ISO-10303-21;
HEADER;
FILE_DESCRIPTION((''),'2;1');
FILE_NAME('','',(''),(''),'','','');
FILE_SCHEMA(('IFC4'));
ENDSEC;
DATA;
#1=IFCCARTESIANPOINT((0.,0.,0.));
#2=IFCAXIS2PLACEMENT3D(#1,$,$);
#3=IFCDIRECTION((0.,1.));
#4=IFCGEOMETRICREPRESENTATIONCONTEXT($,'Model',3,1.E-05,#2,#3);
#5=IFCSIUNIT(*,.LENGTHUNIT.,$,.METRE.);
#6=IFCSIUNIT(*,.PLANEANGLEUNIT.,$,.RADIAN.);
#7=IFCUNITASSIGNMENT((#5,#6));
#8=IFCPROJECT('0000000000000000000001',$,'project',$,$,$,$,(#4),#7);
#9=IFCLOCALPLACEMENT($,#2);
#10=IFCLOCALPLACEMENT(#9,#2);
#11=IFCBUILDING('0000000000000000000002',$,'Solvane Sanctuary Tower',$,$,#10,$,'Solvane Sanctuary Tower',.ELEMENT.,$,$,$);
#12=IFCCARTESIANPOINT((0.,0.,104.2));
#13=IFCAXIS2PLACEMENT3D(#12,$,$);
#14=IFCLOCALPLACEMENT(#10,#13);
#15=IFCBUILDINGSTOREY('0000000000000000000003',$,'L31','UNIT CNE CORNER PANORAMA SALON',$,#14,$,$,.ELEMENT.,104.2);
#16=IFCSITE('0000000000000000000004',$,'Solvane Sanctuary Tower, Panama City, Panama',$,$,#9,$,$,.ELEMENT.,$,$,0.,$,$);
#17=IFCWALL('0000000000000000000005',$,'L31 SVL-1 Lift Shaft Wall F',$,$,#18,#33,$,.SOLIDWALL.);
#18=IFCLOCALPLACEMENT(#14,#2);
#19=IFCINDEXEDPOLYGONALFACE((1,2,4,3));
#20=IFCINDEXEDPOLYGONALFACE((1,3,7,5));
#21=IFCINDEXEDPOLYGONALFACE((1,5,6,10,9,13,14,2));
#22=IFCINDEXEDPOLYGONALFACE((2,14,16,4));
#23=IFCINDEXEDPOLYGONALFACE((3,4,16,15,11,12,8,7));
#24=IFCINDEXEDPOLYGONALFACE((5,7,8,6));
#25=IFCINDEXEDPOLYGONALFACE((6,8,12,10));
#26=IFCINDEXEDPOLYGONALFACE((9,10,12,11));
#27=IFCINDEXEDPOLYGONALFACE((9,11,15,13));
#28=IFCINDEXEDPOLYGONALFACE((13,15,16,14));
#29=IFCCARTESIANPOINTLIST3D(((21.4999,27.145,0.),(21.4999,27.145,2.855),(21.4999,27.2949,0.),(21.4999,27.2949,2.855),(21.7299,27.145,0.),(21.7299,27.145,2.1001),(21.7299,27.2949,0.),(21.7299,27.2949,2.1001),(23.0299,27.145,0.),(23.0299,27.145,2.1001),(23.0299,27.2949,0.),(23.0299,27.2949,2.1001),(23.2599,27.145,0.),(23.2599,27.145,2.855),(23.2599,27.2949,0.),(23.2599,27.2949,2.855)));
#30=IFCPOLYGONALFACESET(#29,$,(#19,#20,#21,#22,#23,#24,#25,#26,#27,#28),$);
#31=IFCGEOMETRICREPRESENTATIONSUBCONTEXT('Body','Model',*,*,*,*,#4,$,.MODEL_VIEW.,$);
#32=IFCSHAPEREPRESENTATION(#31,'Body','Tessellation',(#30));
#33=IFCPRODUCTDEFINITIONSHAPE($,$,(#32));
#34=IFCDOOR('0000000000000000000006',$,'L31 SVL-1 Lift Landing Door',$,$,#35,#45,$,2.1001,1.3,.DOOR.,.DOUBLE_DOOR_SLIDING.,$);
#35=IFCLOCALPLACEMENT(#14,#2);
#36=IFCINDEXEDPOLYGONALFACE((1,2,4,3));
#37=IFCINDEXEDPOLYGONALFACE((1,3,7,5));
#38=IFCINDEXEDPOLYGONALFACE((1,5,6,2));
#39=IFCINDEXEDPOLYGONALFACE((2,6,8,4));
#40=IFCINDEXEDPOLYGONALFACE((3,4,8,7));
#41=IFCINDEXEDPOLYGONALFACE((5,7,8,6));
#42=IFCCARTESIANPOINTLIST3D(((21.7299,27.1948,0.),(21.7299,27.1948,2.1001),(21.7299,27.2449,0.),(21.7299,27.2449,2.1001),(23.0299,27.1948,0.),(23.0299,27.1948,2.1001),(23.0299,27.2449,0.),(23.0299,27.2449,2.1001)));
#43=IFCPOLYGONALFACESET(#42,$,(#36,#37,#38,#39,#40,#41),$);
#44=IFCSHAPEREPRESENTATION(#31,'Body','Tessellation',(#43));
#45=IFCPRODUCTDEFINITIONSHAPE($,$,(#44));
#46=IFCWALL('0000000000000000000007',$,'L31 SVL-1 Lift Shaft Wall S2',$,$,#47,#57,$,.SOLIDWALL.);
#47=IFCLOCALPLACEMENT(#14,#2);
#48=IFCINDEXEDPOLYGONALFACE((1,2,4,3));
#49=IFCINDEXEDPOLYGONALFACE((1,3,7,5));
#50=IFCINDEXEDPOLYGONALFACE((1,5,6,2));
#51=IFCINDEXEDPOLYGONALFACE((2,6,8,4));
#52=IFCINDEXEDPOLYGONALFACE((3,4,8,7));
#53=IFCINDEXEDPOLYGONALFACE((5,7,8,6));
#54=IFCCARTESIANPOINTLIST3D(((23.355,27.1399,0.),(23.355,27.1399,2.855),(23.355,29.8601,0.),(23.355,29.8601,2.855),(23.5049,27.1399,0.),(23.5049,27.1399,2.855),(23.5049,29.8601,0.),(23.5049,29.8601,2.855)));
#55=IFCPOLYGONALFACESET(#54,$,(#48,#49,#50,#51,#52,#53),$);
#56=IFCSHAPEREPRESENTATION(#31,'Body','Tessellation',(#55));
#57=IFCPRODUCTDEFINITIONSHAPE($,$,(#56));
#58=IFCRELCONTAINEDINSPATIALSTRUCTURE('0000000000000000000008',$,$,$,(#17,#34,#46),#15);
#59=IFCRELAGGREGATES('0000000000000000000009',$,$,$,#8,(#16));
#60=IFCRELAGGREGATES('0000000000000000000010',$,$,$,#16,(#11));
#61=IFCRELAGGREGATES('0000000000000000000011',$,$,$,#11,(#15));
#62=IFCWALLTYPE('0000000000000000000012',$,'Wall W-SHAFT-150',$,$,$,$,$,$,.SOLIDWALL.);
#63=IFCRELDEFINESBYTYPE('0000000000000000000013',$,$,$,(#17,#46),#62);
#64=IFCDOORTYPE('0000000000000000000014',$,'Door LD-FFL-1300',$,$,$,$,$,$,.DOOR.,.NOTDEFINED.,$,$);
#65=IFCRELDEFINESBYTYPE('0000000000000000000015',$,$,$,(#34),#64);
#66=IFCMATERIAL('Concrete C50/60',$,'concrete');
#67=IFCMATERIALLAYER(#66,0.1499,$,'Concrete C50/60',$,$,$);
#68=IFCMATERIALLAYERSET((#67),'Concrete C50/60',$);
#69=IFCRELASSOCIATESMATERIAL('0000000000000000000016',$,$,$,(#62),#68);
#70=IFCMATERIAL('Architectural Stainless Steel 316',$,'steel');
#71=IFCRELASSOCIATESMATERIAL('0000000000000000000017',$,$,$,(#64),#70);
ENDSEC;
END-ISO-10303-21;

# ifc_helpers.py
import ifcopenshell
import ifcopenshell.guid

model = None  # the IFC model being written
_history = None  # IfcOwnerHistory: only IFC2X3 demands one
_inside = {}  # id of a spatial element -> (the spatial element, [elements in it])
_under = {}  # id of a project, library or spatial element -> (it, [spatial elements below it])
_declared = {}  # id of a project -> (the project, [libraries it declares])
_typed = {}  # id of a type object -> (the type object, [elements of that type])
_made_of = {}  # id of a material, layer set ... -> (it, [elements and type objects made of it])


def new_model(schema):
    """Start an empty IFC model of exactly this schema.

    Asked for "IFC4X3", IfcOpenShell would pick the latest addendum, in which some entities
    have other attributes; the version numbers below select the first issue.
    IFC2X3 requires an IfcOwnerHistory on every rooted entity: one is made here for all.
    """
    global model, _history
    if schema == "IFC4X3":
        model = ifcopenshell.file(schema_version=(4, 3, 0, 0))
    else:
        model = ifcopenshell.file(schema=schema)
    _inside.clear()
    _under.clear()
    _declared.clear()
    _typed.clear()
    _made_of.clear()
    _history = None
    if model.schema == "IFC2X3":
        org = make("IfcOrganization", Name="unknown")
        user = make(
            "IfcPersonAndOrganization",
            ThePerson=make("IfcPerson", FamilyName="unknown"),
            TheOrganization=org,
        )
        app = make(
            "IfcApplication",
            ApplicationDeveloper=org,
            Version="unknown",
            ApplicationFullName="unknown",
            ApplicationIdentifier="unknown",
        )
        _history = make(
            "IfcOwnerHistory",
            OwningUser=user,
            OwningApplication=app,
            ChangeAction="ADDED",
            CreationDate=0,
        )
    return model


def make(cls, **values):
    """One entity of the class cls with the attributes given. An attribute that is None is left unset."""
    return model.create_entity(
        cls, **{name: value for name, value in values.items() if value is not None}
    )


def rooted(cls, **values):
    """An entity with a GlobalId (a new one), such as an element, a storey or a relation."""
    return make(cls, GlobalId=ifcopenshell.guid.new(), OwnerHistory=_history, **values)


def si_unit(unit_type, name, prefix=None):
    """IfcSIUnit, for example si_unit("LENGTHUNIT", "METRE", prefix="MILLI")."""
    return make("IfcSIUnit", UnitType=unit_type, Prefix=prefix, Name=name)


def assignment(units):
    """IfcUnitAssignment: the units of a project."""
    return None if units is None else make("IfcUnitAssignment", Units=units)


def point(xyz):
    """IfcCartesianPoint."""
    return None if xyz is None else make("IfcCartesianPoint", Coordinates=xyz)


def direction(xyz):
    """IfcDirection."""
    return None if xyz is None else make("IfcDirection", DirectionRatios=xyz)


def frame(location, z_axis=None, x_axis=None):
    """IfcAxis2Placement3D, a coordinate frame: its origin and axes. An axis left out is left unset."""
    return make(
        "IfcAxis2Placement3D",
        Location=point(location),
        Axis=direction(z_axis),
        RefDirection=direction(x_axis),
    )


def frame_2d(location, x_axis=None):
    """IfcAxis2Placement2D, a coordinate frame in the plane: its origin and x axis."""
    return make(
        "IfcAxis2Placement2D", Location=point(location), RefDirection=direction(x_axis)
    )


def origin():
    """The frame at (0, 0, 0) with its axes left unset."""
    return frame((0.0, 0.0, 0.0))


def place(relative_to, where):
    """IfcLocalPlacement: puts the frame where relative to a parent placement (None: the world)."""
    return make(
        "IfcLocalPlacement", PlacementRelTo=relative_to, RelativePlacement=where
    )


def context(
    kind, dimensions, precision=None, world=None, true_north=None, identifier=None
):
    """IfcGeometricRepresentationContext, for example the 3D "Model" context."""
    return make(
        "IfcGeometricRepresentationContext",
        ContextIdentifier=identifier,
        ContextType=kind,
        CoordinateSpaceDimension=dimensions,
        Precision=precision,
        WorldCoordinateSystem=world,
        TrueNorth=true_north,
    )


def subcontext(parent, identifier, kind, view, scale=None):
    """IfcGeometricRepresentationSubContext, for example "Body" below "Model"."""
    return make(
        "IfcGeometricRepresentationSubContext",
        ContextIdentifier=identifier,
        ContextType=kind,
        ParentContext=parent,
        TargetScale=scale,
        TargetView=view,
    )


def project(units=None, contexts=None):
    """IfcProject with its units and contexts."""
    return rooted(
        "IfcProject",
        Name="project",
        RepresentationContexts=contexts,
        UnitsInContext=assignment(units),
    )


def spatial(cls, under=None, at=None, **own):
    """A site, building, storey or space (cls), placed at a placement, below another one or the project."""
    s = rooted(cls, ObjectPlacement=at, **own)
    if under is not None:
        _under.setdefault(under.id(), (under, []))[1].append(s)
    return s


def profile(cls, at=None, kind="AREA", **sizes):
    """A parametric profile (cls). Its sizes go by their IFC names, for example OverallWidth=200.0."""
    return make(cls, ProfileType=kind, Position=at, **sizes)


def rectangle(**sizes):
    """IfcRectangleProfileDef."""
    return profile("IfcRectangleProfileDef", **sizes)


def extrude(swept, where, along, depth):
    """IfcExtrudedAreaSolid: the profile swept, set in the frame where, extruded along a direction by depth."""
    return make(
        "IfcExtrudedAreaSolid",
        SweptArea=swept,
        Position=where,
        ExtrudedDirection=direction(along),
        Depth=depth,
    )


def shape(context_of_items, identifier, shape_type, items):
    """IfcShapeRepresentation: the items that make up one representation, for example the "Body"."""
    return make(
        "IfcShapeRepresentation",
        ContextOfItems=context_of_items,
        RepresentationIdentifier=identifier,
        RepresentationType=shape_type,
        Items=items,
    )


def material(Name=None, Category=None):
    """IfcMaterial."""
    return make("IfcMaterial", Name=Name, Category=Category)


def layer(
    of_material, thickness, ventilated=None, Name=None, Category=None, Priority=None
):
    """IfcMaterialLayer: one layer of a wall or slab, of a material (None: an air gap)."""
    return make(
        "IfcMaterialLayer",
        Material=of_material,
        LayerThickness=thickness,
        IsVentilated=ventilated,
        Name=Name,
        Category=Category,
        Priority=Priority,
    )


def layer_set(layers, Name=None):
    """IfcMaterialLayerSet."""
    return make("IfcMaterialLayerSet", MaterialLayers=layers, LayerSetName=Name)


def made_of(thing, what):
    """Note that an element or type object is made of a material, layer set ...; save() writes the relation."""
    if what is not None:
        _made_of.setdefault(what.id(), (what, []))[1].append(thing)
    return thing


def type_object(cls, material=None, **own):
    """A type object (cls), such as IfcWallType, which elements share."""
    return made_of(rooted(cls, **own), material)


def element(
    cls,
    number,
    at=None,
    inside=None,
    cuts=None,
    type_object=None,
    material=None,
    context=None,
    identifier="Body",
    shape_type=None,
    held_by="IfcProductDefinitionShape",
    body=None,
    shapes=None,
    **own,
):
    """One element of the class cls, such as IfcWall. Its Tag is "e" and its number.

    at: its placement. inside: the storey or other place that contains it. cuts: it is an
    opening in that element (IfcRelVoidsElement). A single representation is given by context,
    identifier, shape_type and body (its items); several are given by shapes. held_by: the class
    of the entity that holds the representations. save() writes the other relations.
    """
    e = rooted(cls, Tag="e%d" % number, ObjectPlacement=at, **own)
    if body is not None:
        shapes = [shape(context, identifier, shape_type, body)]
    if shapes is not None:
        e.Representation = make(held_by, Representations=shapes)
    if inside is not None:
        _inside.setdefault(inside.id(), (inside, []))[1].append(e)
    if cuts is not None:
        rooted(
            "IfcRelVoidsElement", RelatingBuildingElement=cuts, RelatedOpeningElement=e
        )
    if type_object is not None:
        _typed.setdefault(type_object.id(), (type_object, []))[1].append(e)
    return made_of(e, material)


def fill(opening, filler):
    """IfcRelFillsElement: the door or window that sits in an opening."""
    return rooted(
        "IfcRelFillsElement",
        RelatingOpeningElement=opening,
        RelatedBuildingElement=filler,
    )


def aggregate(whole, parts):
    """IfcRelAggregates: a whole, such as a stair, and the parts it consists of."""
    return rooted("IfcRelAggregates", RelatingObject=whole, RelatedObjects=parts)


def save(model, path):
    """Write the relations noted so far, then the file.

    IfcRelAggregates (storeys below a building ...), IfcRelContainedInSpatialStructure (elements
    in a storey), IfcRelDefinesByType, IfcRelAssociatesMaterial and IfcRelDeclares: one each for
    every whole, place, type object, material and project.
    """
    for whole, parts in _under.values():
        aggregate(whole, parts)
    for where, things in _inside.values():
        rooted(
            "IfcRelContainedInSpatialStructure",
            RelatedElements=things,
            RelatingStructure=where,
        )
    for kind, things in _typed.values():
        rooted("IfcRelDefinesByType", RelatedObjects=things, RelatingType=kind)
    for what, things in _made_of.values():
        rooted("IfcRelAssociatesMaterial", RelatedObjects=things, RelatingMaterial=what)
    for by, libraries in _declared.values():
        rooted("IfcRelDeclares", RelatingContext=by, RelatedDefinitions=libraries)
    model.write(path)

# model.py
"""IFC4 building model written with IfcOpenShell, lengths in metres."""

from ifc_helpers import new_model, si_unit, direction, frame, frame_2d, origin, place, context, subcontext, project, spatial, rectangle, extrude, material, layer, layer_set, type_object, element, fill, save


model = new_model("IFC4")

# Units and contexts
model_context = context("Model", 3, precision=1e-05, world=origin(), true_north=direction((0.0, 1.0)))
body_context = subcontext(model_context, "Body", "Model", "MODEL_VIEW")
ifc_project = project(units=[si_unit("LENGTHUNIT", "METRE"), si_unit("PLANEANGLEUNIT", "RADIAN")], contexts=[model_context])

# Site, building, storey
site_placement = place(None, origin())
site = spatial("IfcSite", under=ifc_project, at=site_placement, Name="Solvane Sanctuary Tower, Panama City, Panama", CompositionType="ELEMENT", RefElevation=0.0)
building_placement = place(site_placement, origin())
building = spatial("IfcBuilding", under=site, at=building_placement, Name="Solvane Sanctuary Tower", LongName="Solvane Sanctuary Tower", CompositionType="ELEMENT")
storey_placement = place(building_placement, frame((0.0, 0.0, 104.2)))
storey = spatial("IfcBuildingStorey", under=building, at=storey_placement, Name="L31", Description="UNIT CNE CORNER PANORAMA SALON", CompositionType="ELEMENT", Elevation=104.2)

# Shared definitions
ifc_material_1 = material(Name="Architectural Stainless Steel 316", Category="steel")

# Shared definitions
ifc_material_2 = material(Name="Concrete C50/60", Category="concrete")
ifc_layer_1 = layer(ifc_material_2, 0.1499, Name="Concrete C50/60")
ifc_layer_set_1 = layer_set([ifc_layer_1], Name="Concrete C50/60")
wall_type_1 = type_object("IfcWallType", Name="Wall W-SHAFT-150", PredefinedType="SOLIDWALL", material=ifc_layer_set_1)

# Shared definitions
door_type_1 = type_object("IfcDoorType", Name="Door LD-FFL-1300", OperationType="NOTDEFINED", PredefinedType="DOOR", material=ifc_material_1)

# Wall, opening, door
wall_1_placement = place(storey_placement, frame((21.5, 27.22, 0.0), z_axis=(0.0, 0.0, 1.0), x_axis=(1.0, 0.0, 0.0)))
wall_1 = element("IfcWall", 1, at=wall_1_placement, inside=storey, type_object=wall_type_1, Name="L31 SVL-1 Lift Shaft Wall F", PredefinedType="SOLIDWALL", context=body_context, shape_type="SweptSolid", body=[
    extrude(rectangle(XDim=1.76, YDim=0.1499, at=frame_2d((0.8799, 0.0))), origin(), (0.0, 0.0, 1.0), 2.855),
])
opening_1_placement = place(wall_1_placement, frame((0.23, 0.0, 0.0)))
opening_1 = element("IfcOpeningElement", 2, at=opening_1_placement, cuts=wall_1, PredefinedType="OPENING", context=body_context, shape_type="SweptSolid", body=[
    extrude(rectangle(XDim=1.3, YDim=2.1001, at=frame_2d((0.6499, 1.05))), frame((0.0, 0.085, 0.0), z_axis=(0.0, -1.0, 0.0), x_axis=(1.0, 0.0, 0.0)), (0.0, 0.0, 1.0), 0.1699),
])
door_1_placement = place(opening_1_placement, origin())
door_1 = element("IfcDoor", 3, at=door_1_placement, inside=storey, type_object=door_type_1, Name="L31 SVL-1 Lift Landing Door", OperationType="DOUBLE_DOOR_SLIDING", OverallHeight=2.1001, OverallWidth=1.3, PredefinedType="DOOR", context=body_context, shape_type="SweptSolid", body=[
    extrude(rectangle(XDim=1.3, YDim=2.1001, at=frame_2d((0.6499, 1.05))), frame((0.0, 0.0249, 0.0), z_axis=(0.0, -1.0, 0.0), x_axis=(1.0, 0.0, 0.0)), (0.0, 0.0, 1.0), 0.05),
])
fill(opening_1, door_1)

# Wall
wall_2_placement = place(storey_placement, frame((23.4299, 27.1399, 0.0), z_axis=(0.0, 0.0, 1.0), x_axis=(0.0, 1.0, 0.0)))
element("IfcWall", 4, at=wall_2_placement, inside=storey, type_object=wall_type_1, Name="L31 SVL-1 Lift Shaft Wall S2", PredefinedType="SOLIDWALL", context=body_context, shape_type="SweptSolid", body=[
    extrude(rectangle(XDim=2.7202, YDim=0.1499, at=frame_2d((1.3601, 0.0))), origin(), (0.0, 0.0, 1.0), 2.855),
])

save(model, "model.ifc")
